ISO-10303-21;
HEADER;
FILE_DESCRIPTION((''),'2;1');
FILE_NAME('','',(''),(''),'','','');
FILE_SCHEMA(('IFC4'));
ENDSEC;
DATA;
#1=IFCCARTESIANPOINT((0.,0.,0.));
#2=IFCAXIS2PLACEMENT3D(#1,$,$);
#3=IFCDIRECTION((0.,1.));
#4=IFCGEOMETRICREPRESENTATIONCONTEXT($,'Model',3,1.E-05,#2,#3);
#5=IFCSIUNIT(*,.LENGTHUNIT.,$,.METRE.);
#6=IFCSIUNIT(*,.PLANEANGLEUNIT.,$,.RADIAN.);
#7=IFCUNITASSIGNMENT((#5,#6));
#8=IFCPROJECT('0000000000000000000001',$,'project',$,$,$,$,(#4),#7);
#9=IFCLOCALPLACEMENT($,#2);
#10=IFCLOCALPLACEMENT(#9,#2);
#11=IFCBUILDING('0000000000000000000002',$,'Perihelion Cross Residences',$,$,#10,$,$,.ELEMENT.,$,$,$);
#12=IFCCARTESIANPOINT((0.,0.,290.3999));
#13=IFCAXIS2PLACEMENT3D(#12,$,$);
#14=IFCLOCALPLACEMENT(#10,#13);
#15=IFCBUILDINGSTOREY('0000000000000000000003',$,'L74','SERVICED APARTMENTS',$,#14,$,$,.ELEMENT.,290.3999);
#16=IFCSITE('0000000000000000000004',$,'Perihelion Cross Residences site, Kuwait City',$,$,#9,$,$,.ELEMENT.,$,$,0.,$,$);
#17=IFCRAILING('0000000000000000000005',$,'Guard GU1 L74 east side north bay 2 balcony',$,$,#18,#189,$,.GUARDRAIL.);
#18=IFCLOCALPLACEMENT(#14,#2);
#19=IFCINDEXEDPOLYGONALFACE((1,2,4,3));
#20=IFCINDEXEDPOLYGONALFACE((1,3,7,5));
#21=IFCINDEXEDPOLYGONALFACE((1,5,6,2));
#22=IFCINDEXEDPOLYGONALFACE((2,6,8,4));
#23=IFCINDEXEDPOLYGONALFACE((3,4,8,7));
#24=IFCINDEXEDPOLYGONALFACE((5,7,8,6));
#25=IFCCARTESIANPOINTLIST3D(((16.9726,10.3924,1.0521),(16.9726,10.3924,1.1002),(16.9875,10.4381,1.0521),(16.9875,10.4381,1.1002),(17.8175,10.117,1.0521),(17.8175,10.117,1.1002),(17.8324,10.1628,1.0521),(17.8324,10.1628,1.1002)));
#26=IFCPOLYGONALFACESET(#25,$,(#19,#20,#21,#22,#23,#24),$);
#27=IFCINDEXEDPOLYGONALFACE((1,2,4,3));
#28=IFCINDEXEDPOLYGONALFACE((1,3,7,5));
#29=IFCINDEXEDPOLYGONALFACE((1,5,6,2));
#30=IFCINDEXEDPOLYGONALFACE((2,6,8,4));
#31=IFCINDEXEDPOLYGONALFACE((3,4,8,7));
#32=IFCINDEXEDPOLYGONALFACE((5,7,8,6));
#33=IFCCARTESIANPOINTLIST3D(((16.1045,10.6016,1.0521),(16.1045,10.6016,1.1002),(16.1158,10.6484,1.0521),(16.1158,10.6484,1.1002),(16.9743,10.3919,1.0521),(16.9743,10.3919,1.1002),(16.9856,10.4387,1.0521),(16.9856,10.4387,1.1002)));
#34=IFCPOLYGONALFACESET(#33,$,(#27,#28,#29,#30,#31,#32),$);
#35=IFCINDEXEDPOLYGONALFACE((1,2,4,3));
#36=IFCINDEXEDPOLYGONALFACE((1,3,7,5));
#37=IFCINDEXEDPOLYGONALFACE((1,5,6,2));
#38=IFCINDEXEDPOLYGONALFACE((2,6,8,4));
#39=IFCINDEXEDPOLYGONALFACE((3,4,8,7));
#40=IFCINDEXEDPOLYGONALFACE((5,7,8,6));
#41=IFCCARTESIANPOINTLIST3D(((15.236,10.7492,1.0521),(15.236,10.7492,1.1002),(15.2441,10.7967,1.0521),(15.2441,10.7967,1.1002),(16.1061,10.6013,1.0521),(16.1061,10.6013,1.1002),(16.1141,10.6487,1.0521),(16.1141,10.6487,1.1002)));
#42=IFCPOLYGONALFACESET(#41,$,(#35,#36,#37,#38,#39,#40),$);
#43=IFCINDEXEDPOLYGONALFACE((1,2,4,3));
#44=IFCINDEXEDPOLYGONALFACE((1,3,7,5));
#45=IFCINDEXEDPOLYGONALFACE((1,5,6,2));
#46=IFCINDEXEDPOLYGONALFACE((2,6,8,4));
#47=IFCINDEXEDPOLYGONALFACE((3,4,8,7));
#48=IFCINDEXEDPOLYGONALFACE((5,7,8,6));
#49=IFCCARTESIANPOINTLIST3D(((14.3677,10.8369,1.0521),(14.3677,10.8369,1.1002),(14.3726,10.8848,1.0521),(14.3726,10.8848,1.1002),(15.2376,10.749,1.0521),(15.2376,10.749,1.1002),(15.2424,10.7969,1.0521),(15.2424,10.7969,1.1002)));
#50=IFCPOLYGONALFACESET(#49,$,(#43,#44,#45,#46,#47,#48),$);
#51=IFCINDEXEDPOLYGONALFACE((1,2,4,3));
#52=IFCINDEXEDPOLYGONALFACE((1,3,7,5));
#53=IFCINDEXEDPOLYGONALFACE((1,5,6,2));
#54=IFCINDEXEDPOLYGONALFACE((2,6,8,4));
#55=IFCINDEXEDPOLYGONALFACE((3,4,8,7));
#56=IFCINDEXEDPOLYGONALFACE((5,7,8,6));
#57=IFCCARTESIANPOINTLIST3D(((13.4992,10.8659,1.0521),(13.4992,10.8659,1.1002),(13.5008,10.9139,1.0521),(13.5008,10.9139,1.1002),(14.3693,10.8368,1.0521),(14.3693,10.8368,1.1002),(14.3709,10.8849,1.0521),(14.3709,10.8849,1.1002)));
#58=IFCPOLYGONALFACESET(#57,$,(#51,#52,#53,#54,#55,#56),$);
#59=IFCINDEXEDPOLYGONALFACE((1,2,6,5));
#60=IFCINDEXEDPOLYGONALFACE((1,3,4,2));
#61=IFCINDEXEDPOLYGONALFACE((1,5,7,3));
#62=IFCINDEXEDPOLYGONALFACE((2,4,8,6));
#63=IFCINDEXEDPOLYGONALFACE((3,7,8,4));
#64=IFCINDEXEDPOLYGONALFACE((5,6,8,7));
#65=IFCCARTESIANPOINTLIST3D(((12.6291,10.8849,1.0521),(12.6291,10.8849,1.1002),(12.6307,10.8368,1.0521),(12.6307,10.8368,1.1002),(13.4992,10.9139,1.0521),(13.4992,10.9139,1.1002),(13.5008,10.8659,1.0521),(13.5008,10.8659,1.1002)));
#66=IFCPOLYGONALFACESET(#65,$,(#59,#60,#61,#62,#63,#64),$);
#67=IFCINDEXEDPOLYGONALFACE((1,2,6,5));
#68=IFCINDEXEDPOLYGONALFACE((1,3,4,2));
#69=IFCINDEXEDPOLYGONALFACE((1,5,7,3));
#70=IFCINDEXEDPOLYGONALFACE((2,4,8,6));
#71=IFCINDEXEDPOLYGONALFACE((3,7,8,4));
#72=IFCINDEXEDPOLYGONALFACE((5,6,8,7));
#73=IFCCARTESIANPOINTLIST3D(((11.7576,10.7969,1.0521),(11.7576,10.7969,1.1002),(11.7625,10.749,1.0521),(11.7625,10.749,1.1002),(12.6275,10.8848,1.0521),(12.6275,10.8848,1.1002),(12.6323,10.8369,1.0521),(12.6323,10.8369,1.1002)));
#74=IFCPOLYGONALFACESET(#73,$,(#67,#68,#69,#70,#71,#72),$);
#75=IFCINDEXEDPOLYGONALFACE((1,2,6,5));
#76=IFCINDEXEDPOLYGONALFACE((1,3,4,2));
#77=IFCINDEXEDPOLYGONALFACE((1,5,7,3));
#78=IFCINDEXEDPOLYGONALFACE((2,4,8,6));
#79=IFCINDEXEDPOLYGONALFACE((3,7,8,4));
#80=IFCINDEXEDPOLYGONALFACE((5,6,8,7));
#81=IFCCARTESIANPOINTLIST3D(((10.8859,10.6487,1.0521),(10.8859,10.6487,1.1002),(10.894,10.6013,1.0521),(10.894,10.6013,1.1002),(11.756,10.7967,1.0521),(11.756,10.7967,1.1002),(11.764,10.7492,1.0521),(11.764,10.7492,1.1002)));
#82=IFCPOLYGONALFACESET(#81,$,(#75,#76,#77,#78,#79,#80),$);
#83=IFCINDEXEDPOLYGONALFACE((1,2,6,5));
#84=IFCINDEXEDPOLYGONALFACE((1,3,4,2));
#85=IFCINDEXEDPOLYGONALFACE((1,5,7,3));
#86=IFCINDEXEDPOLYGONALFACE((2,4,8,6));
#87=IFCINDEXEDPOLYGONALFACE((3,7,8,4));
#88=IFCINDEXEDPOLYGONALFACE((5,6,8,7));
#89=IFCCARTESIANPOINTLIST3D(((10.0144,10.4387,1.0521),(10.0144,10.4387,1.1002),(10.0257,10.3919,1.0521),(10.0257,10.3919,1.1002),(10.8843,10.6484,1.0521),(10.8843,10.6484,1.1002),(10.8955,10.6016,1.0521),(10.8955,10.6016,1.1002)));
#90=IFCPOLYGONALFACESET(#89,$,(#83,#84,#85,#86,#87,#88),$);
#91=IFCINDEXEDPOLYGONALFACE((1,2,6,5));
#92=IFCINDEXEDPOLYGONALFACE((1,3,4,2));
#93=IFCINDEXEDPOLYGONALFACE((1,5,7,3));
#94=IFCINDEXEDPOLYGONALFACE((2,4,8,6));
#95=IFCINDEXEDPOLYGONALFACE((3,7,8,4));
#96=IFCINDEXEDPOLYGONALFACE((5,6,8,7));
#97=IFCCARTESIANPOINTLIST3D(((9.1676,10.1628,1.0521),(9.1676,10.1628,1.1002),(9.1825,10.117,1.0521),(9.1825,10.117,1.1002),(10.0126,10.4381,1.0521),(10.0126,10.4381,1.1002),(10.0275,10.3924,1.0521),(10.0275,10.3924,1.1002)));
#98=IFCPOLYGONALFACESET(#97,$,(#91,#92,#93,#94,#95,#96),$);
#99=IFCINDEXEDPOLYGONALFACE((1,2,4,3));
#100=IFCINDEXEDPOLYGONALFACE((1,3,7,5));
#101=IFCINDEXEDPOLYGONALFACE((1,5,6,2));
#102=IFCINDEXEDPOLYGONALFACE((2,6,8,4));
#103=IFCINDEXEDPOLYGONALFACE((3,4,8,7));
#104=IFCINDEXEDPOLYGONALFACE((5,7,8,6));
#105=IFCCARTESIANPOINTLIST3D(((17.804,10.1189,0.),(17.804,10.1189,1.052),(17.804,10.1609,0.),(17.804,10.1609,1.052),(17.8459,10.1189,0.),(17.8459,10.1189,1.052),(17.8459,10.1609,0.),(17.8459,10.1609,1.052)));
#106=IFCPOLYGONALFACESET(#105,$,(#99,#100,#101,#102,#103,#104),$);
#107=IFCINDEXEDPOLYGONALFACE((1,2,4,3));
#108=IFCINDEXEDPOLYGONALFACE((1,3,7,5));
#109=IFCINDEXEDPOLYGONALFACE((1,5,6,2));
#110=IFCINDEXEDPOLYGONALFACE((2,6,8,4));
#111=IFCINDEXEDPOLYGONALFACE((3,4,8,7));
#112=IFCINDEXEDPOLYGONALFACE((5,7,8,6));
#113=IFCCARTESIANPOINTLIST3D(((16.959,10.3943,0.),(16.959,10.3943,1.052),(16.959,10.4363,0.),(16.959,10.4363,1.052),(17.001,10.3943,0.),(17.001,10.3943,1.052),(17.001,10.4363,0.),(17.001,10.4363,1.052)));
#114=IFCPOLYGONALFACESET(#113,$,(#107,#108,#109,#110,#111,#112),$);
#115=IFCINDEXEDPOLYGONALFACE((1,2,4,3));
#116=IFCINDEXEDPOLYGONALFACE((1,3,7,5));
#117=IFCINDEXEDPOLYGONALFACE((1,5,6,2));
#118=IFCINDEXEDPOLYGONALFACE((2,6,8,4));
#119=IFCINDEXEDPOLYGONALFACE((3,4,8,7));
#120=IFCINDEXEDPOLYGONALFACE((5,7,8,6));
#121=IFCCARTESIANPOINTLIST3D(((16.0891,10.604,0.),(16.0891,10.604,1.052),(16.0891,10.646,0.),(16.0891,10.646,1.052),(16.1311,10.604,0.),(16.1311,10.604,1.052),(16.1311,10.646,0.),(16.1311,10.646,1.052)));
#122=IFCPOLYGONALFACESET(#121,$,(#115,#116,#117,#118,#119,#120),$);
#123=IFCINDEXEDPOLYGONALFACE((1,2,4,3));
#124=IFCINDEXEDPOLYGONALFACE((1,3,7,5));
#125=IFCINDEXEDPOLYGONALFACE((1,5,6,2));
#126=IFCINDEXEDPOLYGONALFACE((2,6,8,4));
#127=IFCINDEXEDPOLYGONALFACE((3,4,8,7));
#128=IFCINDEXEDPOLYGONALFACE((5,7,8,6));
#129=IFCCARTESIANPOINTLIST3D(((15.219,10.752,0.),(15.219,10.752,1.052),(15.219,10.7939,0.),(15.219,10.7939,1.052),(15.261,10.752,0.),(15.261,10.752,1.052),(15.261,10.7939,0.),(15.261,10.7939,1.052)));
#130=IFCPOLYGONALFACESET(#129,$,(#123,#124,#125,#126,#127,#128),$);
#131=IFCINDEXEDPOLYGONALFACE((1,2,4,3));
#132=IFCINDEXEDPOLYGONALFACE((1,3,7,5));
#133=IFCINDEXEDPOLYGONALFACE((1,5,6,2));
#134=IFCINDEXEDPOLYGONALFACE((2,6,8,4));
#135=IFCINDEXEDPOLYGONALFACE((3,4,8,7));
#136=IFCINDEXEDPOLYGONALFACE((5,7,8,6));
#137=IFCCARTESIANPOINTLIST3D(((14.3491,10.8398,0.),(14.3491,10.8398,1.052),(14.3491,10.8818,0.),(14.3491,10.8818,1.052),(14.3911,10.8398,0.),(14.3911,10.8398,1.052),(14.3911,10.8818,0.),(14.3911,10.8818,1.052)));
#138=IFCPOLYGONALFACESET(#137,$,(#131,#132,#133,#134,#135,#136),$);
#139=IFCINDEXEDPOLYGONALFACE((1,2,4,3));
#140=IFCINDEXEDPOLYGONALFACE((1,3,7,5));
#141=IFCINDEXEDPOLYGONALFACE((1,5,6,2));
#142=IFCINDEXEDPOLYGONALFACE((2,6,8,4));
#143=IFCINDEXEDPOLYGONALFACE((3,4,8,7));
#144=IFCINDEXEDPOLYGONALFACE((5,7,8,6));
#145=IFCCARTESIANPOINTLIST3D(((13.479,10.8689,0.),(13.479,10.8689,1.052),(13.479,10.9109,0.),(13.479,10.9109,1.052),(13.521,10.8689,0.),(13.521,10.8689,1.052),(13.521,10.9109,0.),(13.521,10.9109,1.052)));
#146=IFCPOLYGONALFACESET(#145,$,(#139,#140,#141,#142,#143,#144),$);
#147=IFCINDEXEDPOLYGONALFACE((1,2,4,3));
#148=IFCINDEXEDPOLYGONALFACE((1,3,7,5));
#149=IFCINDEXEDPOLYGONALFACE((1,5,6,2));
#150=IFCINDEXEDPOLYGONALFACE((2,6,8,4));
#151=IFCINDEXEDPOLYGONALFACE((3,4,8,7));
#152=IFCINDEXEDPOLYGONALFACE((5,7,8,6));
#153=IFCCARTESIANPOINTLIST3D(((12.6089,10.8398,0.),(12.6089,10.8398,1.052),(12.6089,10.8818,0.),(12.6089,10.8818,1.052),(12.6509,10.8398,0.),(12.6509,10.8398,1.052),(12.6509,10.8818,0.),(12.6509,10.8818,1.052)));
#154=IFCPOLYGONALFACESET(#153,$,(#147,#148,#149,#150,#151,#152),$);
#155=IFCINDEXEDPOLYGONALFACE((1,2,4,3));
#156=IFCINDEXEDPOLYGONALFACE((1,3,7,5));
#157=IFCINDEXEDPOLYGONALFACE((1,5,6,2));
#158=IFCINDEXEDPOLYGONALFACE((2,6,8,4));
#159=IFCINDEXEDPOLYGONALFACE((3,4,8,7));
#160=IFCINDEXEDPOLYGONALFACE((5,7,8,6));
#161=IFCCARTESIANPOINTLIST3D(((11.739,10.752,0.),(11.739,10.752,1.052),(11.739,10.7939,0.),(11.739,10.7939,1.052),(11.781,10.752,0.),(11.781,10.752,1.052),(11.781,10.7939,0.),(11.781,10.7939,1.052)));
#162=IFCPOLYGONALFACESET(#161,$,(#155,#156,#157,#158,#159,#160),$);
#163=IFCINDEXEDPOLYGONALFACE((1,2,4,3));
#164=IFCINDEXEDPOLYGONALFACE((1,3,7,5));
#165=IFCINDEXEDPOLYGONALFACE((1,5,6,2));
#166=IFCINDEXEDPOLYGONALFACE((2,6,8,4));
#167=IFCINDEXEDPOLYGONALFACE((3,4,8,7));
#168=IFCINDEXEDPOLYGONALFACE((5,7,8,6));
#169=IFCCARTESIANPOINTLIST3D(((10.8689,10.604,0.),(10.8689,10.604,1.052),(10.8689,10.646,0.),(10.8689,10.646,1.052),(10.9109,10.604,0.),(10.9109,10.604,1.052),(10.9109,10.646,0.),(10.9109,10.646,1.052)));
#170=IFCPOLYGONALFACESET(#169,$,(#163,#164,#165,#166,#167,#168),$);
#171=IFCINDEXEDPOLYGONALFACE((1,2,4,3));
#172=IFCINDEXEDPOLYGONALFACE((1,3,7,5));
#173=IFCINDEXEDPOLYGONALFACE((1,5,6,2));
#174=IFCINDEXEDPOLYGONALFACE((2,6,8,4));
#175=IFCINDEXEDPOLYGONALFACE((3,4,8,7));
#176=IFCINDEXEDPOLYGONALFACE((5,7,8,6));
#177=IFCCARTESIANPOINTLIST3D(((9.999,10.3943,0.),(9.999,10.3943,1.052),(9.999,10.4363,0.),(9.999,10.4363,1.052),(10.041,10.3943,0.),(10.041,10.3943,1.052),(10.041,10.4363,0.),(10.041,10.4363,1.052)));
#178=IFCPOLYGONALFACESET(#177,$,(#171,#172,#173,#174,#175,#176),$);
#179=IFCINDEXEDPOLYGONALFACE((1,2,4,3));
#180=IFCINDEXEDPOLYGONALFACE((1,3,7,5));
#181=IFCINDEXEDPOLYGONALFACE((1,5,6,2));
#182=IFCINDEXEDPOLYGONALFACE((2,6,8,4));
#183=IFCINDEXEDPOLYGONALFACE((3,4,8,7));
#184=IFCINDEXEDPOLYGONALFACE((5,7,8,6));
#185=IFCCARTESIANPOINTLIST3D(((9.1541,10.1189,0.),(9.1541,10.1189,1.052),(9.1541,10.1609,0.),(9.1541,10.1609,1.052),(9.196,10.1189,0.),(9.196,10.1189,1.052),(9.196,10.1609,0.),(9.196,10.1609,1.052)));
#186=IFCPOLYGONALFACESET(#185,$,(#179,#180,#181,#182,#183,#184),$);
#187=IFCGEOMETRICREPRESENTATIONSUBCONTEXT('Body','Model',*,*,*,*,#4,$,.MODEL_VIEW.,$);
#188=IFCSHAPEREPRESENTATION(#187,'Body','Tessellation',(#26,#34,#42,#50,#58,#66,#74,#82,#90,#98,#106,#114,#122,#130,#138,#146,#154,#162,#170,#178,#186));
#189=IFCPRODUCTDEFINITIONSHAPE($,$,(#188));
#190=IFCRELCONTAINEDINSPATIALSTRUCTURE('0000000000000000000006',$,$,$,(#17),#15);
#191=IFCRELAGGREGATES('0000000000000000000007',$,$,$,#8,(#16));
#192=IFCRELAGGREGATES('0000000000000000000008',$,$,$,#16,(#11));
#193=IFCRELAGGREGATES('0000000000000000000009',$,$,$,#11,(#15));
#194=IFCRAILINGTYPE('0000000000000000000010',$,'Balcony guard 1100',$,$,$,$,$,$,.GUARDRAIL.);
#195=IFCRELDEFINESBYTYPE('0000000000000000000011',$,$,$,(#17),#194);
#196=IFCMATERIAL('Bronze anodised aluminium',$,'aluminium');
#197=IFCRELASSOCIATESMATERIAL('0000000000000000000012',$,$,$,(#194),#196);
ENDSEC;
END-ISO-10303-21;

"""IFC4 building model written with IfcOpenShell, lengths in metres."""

from ifc_helpers import new_model, si_unit, direction, frame, origin, origin_2d, place, context, subcontext, project, spatial, rectangle, extrude, material, type_object, element, save


model = new_model("IFC4")

# Units and contexts
model_context = context("Model", 3, precision=1e-05, world=origin(), true_north=direction((0.0, 1.0)))
body_context = subcontext(model_context, "Body", "Model", "MODEL_VIEW")
ifc_project = project(units=[si_unit("LENGTHUNIT", "METRE"), si_unit("PLANEANGLEUNIT", "RADIAN")], contexts=[model_context])

# Site, building, storey
site_placement = place(None, origin())
site = spatial("IfcSite", under=ifc_project, at=site_placement, Name="Perihelion Cross Residences site, Kuwait City", CompositionType="ELEMENT", RefElevation=0.0)
building_placement = place(site_placement, origin())
building = spatial("IfcBuilding", under=site, at=building_placement, Name="Perihelion Cross Residences", CompositionType="ELEMENT")
storey_placement = place(building_placement, frame((0.0, 0.0, 290.3999)))
storey = spatial("IfcBuildingStorey", under=building, at=storey_placement, Name="L74", Description="SERVICED APARTMENTS", CompositionType="ELEMENT", Elevation=290.3999)

# Railing
ifc_material_1 = material(Name="Bronze anodised aluminium", Category="aluminium")
railing_type = type_object("IfcRailingType", Name="Balcony guard 1100", PredefinedType="GUARDRAIL", material=ifc_material_1)
railing_placement = place(storey_placement, frame((17.825, 10.1399, 0.0)))
element("IfcRailing", 1, at=railing_placement, inside=storey, type_object=railing_type, Name="Guard GU1 L74 east side north bay 2 balcony", PredefinedType="GUARDRAIL", context=body_context, shape_type="SweptSolid", body=[
    extrude(rectangle(XDim=0.0481, YDim=0.0481, at=origin_2d()), frame((0.0, 0.0, 1.0762), z_axis=(-0.950777, 0.309875, 0.0), x_axis=(-0.309875, -0.950777, 0.0)), (0.0, 0.0, 1.0), 0.8887),
    extrude(rectangle(XDim=0.0481, YDim=0.0481, at=origin_2d()), frame((-0.845, 0.2754, 1.0762), z_axis=(-0.972147, 0.234374, 0.0), x_axis=(-0.234374, -0.972147, 0.0)), (0.0, 0.0, 1.0), 0.8948),
    extrude(rectangle(XDim=0.0481, YDim=0.0481, at=origin_2d()), frame((-1.7148, 0.4851, 1.0762), z_axis=(-0.98585, 0.167628, 0.0), x_axis=(-0.167628, -0.98585, 0.0)), (0.0, 0.0, 1.0), 0.8826),
    extrude(rectangle(XDim=0.0481, YDim=0.0481, at=origin_2d()), frame((-2.585, 0.6331, 1.0762), z_axis=(-0.994934, 0.100527, 0.0), x_axis=(-0.100527, -0.994934, 0.0)), (0.0, 0.0, 1.0), 0.8743),
    extrude(rectangle(XDim=0.0481, YDim=0.0481, at=origin_2d()), frame((-3.4548, 0.7209, 1.0762), z_axis=(-0.999443, 0.033371, 0.0), x_axis=(-0.033371, -0.999443, 0.0)), (0.0, 0.0, 1.0), 0.8706),
    extrude(rectangle(XDim=0.0481, YDim=0.0481, at=origin_2d()), frame((-4.325, 0.75, 1.0762), z_axis=(-0.999443, -0.033371, 0.0), x_axis=(0.033371, -0.999443, 0.0)), (0.0, 0.0, 1.0), 0.8706),
    extrude(rectangle(XDim=0.0481, YDim=0.0481, at=origin_2d()), frame((-5.1951, 0.7209, 1.0762), z_axis=(-0.994934, -0.100527, 0.0), x_axis=(0.100527, -0.994934, 0.0)), (0.0, 0.0, 1.0), 0.8743),
    extrude(rectangle(XDim=0.0481, YDim=0.0481, at=origin_2d()), frame((-6.0649, 0.6331, 1.0762), z_axis=(-0.98585, -0.167628, 0.0), x_axis=(0.167628, -0.98585, 0.0)), (0.0, 0.0, 1.0), 0.8826),
    extrude(rectangle(XDim=0.0481, YDim=0.0481, at=origin_2d()), frame((-6.9351, 0.4851, 1.0762), z_axis=(-0.972147, -0.234374, 0.0), x_axis=(0.234374, -0.972147, 0.0)), (0.0, 0.0, 1.0), 0.8948),
    extrude(rectangle(XDim=0.0481, YDim=0.0481, at=origin_2d()), frame((-7.8049, 0.2754, 1.0762), z_axis=(-0.950777, -0.309875, 0.0), x_axis=(0.309875, -0.950777, 0.0)), (0.0, 0.0, 1.0), 0.8887),
    extrude(rectangle(XDim=0.042, YDim=0.042, at=origin_2d()), origin(), (0.0, 0.0, 1.0), 1.052),
    extrude(rectangle(XDim=0.042, YDim=0.042, at=origin_2d()), frame((-0.845, 0.2754, 0.0)), (0.0, 0.0, 1.0), 1.052),
    extrude(rectangle(XDim=0.042, YDim=0.042, at=origin_2d()), frame((-1.7148, 0.4851, 0.0)), (0.0, 0.0, 1.0), 1.052),
    extrude(rectangle(XDim=0.042, YDim=0.042, at=origin_2d()), frame((-2.585, 0.6331, 0.0)), (0.0, 0.0, 1.0), 1.052),
    extrude(rectangle(XDim=0.042, YDim=0.042, at=origin_2d()), frame((-3.4548, 0.7209, 0.0)), (0.0, 0.0, 1.0), 1.052),
    extrude(rectangle(XDim=0.042, YDim=0.042, at=origin_2d()), frame((-4.325, 0.75, 0.0)), (0.0, 0.0, 1.0), 1.052),
    extrude(rectangle(XDim=0.042, YDim=0.042, at=origin_2d()), frame((-5.1951, 0.7209, 0.0)), (0.0, 0.0, 1.0), 1.052),
    extrude(rectangle(XDim=0.042, YDim=0.042, at=origin_2d()), frame((-6.0649, 0.6331, 0.0)), (0.0, 0.0, 1.0), 1.052),
    extrude(rectangle(XDim=0.042, YDim=0.042, at=origin_2d()), frame((-6.9351, 0.4851, 0.0)), (0.0, 0.0, 1.0), 1.052),
    extrude(rectangle(XDim=0.042, YDim=0.042, at=origin_2d()), frame((-7.8049, 0.2754, 0.0)), (0.0, 0.0, 1.0), 1.052),
    extrude(rectangle(XDim=0.042, YDim=0.042, at=origin_2d()), frame((-8.6499, 0.0, 0.0)), (0.0, 0.0, 1.0), 1.052),
])

save(model, "model.ifc")
